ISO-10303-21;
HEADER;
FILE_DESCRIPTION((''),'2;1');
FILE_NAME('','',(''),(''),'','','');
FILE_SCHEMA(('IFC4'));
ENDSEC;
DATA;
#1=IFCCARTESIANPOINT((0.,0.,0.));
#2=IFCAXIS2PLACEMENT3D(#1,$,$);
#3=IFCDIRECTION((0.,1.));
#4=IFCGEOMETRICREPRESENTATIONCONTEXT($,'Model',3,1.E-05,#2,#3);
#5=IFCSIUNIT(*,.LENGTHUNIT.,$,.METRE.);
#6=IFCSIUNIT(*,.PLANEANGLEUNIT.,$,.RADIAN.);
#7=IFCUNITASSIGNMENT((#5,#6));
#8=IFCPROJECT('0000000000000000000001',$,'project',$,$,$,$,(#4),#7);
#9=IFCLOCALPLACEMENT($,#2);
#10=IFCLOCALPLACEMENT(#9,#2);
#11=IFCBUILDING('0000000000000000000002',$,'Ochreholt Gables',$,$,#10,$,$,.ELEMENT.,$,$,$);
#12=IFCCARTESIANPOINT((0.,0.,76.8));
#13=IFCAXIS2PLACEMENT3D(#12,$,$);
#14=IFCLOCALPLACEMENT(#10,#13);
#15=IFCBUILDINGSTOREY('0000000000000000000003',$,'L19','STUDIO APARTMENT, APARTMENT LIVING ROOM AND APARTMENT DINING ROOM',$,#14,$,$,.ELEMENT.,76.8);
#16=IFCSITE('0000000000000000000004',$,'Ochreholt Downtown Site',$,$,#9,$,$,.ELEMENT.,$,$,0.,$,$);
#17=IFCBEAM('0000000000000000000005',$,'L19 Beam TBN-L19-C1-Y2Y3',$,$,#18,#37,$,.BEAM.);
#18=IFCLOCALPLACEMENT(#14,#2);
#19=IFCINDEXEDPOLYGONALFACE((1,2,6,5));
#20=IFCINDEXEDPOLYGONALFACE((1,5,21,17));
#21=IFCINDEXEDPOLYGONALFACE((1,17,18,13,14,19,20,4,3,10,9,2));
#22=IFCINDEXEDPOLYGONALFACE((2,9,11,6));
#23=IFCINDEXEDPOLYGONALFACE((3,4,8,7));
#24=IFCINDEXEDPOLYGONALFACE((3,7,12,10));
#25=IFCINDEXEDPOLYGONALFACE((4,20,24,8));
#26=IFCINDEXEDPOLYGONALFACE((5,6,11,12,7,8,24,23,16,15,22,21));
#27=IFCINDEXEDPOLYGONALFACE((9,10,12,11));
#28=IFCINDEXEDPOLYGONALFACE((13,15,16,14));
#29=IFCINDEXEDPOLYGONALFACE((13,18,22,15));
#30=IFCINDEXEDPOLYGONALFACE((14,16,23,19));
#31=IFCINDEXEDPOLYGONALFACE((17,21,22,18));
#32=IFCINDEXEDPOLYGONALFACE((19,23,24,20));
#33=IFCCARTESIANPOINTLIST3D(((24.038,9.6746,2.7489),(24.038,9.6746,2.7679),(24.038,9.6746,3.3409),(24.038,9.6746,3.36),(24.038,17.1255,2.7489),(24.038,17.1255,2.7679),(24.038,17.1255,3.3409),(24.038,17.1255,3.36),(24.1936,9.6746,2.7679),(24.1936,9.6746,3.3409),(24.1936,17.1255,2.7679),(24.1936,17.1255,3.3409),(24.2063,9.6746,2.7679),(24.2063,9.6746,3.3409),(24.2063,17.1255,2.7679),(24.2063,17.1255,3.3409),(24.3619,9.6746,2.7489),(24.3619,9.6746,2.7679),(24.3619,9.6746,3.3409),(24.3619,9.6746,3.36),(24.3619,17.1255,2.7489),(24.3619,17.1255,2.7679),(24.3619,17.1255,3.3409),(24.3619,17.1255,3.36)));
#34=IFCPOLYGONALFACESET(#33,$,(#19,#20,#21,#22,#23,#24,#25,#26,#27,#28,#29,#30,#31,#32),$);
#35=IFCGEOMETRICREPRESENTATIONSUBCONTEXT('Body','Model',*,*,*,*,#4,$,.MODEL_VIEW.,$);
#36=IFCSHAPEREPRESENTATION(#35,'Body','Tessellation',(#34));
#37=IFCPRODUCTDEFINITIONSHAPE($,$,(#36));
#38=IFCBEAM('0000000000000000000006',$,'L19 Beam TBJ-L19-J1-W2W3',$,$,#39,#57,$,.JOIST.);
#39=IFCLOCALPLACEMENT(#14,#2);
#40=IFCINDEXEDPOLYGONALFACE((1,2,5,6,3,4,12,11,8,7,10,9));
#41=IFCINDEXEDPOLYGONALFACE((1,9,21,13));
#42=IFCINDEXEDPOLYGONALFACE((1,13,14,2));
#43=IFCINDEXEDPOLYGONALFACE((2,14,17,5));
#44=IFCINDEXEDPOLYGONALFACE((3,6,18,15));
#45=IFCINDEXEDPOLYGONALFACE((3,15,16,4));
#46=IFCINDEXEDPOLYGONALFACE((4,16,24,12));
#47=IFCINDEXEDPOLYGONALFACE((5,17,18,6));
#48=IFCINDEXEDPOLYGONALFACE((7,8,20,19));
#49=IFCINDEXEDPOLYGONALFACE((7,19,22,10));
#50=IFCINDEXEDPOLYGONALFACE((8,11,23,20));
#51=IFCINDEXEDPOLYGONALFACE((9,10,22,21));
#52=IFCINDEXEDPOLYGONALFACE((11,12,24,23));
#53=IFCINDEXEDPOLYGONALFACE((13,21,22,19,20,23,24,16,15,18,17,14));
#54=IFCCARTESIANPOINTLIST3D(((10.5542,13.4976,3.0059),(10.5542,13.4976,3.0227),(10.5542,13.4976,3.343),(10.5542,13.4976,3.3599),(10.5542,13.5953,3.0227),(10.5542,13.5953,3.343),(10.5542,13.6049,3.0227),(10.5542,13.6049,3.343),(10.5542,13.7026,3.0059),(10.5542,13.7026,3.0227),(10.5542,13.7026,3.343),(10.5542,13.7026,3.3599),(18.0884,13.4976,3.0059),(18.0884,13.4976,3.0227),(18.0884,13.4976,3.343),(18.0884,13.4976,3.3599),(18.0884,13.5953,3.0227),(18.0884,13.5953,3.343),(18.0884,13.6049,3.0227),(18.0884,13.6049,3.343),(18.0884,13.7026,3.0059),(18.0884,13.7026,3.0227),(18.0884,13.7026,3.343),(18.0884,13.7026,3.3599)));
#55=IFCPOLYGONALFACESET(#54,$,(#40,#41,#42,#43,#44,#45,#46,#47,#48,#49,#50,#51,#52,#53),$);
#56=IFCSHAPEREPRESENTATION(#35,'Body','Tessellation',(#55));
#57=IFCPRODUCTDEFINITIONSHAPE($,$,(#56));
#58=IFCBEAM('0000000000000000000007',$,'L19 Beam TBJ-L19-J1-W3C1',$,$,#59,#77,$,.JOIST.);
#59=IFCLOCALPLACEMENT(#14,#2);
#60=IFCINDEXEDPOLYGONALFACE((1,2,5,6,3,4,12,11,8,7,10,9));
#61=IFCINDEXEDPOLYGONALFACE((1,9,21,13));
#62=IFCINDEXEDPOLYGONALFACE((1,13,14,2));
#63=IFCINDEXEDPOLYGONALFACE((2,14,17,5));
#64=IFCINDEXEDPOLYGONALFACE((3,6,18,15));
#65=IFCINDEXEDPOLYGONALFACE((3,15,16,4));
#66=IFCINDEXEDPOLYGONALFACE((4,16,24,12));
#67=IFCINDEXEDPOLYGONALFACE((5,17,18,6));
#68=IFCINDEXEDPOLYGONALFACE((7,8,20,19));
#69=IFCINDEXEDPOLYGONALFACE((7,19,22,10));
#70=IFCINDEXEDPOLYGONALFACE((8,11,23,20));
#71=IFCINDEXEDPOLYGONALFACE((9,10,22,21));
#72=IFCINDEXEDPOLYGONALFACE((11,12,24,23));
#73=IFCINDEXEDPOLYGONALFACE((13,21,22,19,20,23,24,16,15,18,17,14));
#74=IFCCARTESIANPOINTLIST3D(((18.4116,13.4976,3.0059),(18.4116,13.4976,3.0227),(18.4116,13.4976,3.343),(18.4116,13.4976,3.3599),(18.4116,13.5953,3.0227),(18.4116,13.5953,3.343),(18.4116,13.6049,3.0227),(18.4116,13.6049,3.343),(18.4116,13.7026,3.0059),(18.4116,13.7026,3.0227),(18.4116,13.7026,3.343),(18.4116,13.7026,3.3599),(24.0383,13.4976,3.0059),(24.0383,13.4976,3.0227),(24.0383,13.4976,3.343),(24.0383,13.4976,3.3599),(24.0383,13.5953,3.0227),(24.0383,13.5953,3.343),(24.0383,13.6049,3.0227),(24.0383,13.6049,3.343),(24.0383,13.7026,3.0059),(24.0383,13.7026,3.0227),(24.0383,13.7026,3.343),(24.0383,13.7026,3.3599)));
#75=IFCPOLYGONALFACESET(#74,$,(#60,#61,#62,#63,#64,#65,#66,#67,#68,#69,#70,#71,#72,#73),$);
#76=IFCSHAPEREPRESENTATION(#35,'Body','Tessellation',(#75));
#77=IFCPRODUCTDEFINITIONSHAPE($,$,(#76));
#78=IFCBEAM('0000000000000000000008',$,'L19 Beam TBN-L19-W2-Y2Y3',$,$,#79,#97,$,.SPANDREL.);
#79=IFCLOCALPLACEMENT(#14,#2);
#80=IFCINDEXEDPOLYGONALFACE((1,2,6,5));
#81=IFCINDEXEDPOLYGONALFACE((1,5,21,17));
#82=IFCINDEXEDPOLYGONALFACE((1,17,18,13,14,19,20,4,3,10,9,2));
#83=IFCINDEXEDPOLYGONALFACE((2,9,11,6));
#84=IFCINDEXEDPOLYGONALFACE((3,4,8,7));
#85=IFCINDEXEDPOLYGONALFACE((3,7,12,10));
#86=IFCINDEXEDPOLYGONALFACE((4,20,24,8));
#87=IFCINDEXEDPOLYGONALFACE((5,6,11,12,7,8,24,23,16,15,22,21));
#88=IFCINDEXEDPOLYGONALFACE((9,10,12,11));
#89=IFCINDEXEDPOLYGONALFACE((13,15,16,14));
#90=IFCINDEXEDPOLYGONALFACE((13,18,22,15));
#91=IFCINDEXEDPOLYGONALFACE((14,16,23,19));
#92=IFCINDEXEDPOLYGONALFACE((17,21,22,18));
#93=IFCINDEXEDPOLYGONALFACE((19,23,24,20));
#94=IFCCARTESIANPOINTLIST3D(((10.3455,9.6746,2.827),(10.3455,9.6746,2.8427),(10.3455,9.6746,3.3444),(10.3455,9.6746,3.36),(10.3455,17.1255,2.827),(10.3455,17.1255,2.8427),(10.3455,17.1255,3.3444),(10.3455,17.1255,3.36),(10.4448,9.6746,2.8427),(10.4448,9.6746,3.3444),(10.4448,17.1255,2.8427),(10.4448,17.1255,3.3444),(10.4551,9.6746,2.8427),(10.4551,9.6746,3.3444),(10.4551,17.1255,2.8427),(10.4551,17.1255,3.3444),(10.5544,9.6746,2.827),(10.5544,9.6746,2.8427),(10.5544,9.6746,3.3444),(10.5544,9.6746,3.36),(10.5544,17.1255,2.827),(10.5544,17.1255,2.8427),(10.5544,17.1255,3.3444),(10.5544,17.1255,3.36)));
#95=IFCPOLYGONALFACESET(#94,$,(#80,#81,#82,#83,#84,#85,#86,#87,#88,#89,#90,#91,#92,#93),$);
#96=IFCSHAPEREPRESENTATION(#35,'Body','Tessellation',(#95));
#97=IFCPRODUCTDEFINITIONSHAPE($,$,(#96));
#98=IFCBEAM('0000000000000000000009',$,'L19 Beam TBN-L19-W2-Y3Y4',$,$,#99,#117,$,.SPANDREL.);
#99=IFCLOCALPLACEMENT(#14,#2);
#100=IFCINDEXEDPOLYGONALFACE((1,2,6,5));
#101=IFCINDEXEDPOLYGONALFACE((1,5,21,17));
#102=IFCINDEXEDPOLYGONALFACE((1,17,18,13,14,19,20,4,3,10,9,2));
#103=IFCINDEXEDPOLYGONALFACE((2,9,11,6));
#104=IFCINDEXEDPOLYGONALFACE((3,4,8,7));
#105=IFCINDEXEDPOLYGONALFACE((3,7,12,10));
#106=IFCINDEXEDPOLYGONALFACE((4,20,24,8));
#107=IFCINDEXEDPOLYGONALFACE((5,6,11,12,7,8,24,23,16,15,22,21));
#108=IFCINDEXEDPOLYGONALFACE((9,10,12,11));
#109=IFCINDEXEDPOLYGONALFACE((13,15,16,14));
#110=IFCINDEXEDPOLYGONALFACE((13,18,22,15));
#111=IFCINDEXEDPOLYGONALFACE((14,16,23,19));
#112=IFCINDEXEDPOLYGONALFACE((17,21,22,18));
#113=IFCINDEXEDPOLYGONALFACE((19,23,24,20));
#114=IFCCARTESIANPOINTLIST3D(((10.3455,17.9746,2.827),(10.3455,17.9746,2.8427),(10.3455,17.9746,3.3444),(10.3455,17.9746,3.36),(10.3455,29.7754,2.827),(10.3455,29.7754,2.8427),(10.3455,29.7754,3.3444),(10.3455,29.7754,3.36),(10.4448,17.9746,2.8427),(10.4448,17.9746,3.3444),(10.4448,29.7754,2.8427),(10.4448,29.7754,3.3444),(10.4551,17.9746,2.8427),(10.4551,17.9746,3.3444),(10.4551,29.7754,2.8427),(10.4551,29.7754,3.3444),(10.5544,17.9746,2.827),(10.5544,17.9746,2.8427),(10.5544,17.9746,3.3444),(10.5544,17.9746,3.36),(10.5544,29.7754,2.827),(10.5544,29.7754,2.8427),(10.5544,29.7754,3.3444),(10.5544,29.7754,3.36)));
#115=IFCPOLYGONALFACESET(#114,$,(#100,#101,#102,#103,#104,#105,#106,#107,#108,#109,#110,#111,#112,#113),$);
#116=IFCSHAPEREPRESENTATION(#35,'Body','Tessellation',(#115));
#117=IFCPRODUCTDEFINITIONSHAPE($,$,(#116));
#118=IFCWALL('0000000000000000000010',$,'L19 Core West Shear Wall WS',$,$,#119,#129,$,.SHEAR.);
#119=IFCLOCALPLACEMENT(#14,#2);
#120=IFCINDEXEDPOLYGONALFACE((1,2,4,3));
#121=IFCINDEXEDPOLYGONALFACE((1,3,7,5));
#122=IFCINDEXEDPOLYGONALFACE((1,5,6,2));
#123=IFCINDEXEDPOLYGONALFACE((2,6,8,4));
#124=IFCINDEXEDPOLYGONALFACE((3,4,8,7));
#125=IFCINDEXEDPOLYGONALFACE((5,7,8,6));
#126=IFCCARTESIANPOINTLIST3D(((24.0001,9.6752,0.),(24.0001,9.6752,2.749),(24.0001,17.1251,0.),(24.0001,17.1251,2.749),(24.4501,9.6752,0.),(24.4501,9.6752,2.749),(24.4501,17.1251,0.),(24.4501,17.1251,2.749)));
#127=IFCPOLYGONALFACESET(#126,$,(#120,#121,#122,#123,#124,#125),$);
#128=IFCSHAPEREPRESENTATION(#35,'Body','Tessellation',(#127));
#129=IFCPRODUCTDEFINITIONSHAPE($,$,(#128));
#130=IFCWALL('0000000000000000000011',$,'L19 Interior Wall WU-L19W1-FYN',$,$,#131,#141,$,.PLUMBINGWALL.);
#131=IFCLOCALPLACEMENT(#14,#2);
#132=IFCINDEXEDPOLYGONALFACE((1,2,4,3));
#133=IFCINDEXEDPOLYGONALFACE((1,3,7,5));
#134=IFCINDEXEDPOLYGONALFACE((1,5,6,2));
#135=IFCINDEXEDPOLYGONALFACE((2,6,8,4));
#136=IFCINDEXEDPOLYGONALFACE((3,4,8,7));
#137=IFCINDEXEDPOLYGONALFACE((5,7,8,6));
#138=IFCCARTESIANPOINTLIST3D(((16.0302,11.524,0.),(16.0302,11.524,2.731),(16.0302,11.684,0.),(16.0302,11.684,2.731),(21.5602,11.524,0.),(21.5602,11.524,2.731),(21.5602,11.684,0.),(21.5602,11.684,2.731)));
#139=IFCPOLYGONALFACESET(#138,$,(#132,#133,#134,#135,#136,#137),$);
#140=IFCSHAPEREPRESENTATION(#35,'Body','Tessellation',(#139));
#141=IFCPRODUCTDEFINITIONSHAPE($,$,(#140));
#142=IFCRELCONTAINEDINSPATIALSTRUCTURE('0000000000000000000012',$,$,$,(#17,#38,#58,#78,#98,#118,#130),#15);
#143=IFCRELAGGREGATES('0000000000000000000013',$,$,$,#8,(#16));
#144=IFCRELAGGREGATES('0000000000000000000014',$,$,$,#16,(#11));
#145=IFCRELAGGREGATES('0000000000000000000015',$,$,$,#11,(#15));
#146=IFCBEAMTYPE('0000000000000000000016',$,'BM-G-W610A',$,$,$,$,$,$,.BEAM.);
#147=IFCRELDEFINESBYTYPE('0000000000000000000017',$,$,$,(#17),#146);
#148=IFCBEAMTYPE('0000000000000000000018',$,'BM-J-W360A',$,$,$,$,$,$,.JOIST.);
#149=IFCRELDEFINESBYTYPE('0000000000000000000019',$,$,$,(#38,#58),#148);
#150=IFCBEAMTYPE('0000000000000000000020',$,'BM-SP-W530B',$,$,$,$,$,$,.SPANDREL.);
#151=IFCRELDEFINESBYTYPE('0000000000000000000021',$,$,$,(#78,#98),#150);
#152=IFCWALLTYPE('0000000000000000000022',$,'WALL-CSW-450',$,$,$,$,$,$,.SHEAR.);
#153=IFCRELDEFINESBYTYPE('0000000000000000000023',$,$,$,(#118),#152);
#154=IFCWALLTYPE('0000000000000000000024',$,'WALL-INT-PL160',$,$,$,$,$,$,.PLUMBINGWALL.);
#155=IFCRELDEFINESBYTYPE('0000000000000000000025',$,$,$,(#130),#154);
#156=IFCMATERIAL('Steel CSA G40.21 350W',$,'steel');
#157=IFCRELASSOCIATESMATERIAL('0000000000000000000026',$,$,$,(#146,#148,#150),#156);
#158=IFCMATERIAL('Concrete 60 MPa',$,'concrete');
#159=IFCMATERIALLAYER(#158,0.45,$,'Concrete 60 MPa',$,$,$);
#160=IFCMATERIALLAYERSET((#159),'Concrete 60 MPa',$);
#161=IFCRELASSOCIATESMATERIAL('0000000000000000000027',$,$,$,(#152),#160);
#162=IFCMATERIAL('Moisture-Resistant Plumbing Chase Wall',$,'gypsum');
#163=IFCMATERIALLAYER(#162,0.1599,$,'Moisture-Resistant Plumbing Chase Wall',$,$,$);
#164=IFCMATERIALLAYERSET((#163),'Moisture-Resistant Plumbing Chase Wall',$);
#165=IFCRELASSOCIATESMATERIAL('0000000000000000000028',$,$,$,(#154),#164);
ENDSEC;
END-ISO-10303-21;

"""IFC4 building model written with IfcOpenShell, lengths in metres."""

from ifc_helpers import new_model, si_unit, direction, frame, frame_2d, origin, origin_2d, place, context, subcontext, project, spatial, rectangle, i_section, extrude, material, layer, layer_set, material_profile, profile_set, type_object, element, save


model = new_model("IFC4")

# Units and contexts
model_context = context("Model", 3, precision=1e-05, world=origin(), true_north=direction((0.0, 1.0)))
body_context = subcontext(model_context, "Body", "Model", "MODEL_VIEW")
ifc_project = project(units=[si_unit("LENGTHUNIT", "METRE"), si_unit("PLANEANGLEUNIT", "RADIAN")], contexts=[model_context])

# Site, building, storey
site_placement = place(None, origin())
site = spatial("IfcSite", under=ifc_project, at=site_placement, Name="Ochreholt Downtown Site", CompositionType="ELEMENT", RefElevation=0.0)
building_placement = place(site_placement, origin())
building = spatial("IfcBuilding", under=site, at=building_placement, Name="Ochreholt Gables", CompositionType="ELEMENT")
storey_placement = place(building_placement, frame((0.0, 0.0, 76.8)))
storey = spatial("IfcBuildingStorey", under=building, at=storey_placement, Name="L19", Description="STUDIO APARTMENT, APARTMENT LIVING ROOM AND APARTMENT DINING ROOM", CompositionType="ELEMENT", Elevation=76.8)

# Shared definitions
ifc_material_1 = material(Name="Concrete 60 MPa", Category="concrete")

# Beams
ifc_material_2 = material(Name="Steel CSA G40.21 350W", Category="steel")
ifc_material_profile_1 = material_profile(ifc_material_2, i_section(OverallWidth=0.324, OverallDepth=0.6111, WebThickness=0.0127, FlangeThickness=0.019, at=origin_2d()), Name="W610X155")
ifc_profile_set_1 = profile_set([ifc_material_profile_1], Name="Steel CSA G40.21 350W")
beam_type_1 = type_object("IfcBeamType", Name="BM-G-W610A", PredefinedType="BEAM", material=ifc_profile_set_1)
beam_1_placement = place(storey_placement, frame((24.2, 9.6746, 3.0544), z_axis=(0.0, 1.0, 0.0), x_axis=(-1.0, 0.0, 0.0)))
element("IfcBeam", 1, at=beam_1_placement, inside=storey, type_object=beam_type_1, Name="L19 Beam TBN-L19-C1-Y2Y3", PredefinedType="BEAM", context=body_context, shape_type="SweptSolid", body=[
    extrude(i_section(OverallWidth=0.324, OverallDepth=0.6111, WebThickness=0.0127, FlangeThickness=0.019, at=origin_2d()), origin(), (0.0, 0.0, 1.0), 7.4509),
])
ifc_material_profile_2 = material_profile(ifc_material_2, i_section(OverallWidth=0.2051, OverallDepth=0.354, WebThickness=0.0095, FlangeThickness=0.0168, at=origin_2d()), Name="W360X79")
ifc_profile_set_2 = profile_set([ifc_material_profile_2], Name="Steel CSA G40.21 350W")
beam_type_2 = type_object("IfcBeamType", Name="BM-J-W360A", PredefinedType="JOIST", material=ifc_profile_set_2)
beam_2_placement = place(storey_placement, frame((10.5542, 13.6001, 3.1829), z_axis=(1.0, 0.0, 0.0), x_axis=(0.0, 1.0, 0.0)))
element("IfcBeam", 2, at=beam_2_placement, inside=storey, type_object=beam_type_2, Name="L19 Beam TBJ-L19-J1-W2W3", PredefinedType="JOIST", context=body_context, shape_type="SweptSolid", body=[
    extrude(i_section(OverallWidth=0.2051, OverallDepth=0.354, WebThickness=0.0095, FlangeThickness=0.0168, at=origin_2d()), origin(), (0.0, 0.0, 1.0), 7.5342),
])
beam_3_placement = place(storey_placement, frame((18.4116, 13.6001, 3.1829), z_axis=(1.0, 0.0, 0.0), x_axis=(0.0, 1.0, 0.0)))
element("IfcBeam", 3, at=beam_3_placement, inside=storey, type_object=beam_type_2, Name="L19 Beam TBJ-L19-J1-W3C1", PredefinedType="JOIST", context=body_context, shape_type="SweptSolid", body=[
    extrude(i_section(OverallWidth=0.2051, OverallDepth=0.354, WebThickness=0.0095, FlangeThickness=0.0168, at=origin_2d()), origin(), (0.0, 0.0, 1.0), 5.6267),
])
ifc_material_profile_3 = material_profile(ifc_material_2, i_section(OverallWidth=0.209, OverallDepth=0.533, WebThickness=0.0103, FlangeThickness=0.0156, at=origin_2d()), Name="W530X92")
ifc_profile_set_3 = profile_set([ifc_material_profile_3], Name="Steel CSA G40.21 350W")
beam_type_3 = type_object("IfcBeamType", Name="BM-SP-W530B", PredefinedType="SPANDREL", material=ifc_profile_set_3)
beam_4_placement = place(storey_placement, frame((10.45, 9.6746, 3.0935), z_axis=(0.0, 1.0, 0.0), x_axis=(-1.0, 0.0, 0.0)))
element("IfcBeam", 4, at=beam_4_placement, inside=storey, type_object=beam_type_3, Name="L19 Beam TBN-L19-W2-Y2Y3", PredefinedType="SPANDREL", context=body_context, shape_type="SweptSolid", body=[
    extrude(i_section(OverallWidth=0.209, OverallDepth=0.533, WebThickness=0.0103, FlangeThickness=0.0156, at=origin_2d()), origin(), (0.0, 0.0, 1.0), 7.4509),
])
beam_5_placement = place(storey_placement, frame((10.45, 17.9746, 3.0935), z_axis=(0.0, 1.0, 0.0), x_axis=(-1.0, 0.0, 0.0)))
element("IfcBeam", 5, at=beam_5_placement, inside=storey, type_object=beam_type_3, Name="L19 Beam TBN-L19-W2-Y3Y4", PredefinedType="SPANDREL", context=body_context, shape_type="SweptSolid", body=[
    extrude(i_section(OverallWidth=0.209, OverallDepth=0.533, WebThickness=0.0103, FlangeThickness=0.0156, at=origin_2d()), origin(), (0.0, 0.0, 1.0), 11.8008),
])

# Walls
ifc_layer_1 = layer(ifc_material_1, 0.45, Name="Concrete 60 MPa")
ifc_layer_set_1 = layer_set([ifc_layer_1], Name="Concrete 60 MPa")
wall_type_1 = type_object("IfcWallType", Name="WALL-CSW-450", PredefinedType="SHEAR", material=ifc_layer_set_1)
wall_1_placement = place(storey_placement, frame((24.2251, 9.675, 0.0), z_axis=(0.0, 0.0, 1.0), x_axis=(0.0, 1.0, 0.0)))
element("IfcWall", 6, at=wall_1_placement, inside=storey, type_object=wall_type_1, Name="L19 Core West Shear Wall WS", PredefinedType="SHEAR", context=body_context, shape_type="SweptSolid", body=[
    extrude(rectangle(XDim=7.45, YDim=0.45, at=frame_2d((3.7251, 0.0))), origin(), (0.0, 0.0, 1.0), 2.749),
])
ifc_material_3 = material(Name="Moisture-Resistant Plumbing Chase Wall", Category="gypsum")
ifc_layer_2 = layer(ifc_material_3, 0.1599, Name="Moisture-Resistant Plumbing Chase Wall")
ifc_layer_set_2 = layer_set([ifc_layer_2], Name="Moisture-Resistant Plumbing Chase Wall")
wall_type_2 = type_object("IfcWallType", Name="WALL-INT-PL160", PredefinedType="PLUMBINGWALL", material=ifc_layer_set_2)
wall_2_placement = place(storey_placement, frame((16.03, 11.604, 0.0), z_axis=(0.0, 0.0, 1.0), x_axis=(1.0, 0.0, 0.0)))
element("IfcWall", 7, at=wall_2_placement, inside=storey, type_object=wall_type_2, Name="L19 Interior Wall WU-L19W1-FYN", PredefinedType="PLUMBINGWALL", context=body_context, shape_type="SweptSolid", body=[
    extrude(rectangle(XDim=5.53, YDim=0.1599, at=frame_2d((2.7651, 0.0))), origin(), (0.0, 0.0, 1.0), 2.731),
])

save(model, "model.ifc")
